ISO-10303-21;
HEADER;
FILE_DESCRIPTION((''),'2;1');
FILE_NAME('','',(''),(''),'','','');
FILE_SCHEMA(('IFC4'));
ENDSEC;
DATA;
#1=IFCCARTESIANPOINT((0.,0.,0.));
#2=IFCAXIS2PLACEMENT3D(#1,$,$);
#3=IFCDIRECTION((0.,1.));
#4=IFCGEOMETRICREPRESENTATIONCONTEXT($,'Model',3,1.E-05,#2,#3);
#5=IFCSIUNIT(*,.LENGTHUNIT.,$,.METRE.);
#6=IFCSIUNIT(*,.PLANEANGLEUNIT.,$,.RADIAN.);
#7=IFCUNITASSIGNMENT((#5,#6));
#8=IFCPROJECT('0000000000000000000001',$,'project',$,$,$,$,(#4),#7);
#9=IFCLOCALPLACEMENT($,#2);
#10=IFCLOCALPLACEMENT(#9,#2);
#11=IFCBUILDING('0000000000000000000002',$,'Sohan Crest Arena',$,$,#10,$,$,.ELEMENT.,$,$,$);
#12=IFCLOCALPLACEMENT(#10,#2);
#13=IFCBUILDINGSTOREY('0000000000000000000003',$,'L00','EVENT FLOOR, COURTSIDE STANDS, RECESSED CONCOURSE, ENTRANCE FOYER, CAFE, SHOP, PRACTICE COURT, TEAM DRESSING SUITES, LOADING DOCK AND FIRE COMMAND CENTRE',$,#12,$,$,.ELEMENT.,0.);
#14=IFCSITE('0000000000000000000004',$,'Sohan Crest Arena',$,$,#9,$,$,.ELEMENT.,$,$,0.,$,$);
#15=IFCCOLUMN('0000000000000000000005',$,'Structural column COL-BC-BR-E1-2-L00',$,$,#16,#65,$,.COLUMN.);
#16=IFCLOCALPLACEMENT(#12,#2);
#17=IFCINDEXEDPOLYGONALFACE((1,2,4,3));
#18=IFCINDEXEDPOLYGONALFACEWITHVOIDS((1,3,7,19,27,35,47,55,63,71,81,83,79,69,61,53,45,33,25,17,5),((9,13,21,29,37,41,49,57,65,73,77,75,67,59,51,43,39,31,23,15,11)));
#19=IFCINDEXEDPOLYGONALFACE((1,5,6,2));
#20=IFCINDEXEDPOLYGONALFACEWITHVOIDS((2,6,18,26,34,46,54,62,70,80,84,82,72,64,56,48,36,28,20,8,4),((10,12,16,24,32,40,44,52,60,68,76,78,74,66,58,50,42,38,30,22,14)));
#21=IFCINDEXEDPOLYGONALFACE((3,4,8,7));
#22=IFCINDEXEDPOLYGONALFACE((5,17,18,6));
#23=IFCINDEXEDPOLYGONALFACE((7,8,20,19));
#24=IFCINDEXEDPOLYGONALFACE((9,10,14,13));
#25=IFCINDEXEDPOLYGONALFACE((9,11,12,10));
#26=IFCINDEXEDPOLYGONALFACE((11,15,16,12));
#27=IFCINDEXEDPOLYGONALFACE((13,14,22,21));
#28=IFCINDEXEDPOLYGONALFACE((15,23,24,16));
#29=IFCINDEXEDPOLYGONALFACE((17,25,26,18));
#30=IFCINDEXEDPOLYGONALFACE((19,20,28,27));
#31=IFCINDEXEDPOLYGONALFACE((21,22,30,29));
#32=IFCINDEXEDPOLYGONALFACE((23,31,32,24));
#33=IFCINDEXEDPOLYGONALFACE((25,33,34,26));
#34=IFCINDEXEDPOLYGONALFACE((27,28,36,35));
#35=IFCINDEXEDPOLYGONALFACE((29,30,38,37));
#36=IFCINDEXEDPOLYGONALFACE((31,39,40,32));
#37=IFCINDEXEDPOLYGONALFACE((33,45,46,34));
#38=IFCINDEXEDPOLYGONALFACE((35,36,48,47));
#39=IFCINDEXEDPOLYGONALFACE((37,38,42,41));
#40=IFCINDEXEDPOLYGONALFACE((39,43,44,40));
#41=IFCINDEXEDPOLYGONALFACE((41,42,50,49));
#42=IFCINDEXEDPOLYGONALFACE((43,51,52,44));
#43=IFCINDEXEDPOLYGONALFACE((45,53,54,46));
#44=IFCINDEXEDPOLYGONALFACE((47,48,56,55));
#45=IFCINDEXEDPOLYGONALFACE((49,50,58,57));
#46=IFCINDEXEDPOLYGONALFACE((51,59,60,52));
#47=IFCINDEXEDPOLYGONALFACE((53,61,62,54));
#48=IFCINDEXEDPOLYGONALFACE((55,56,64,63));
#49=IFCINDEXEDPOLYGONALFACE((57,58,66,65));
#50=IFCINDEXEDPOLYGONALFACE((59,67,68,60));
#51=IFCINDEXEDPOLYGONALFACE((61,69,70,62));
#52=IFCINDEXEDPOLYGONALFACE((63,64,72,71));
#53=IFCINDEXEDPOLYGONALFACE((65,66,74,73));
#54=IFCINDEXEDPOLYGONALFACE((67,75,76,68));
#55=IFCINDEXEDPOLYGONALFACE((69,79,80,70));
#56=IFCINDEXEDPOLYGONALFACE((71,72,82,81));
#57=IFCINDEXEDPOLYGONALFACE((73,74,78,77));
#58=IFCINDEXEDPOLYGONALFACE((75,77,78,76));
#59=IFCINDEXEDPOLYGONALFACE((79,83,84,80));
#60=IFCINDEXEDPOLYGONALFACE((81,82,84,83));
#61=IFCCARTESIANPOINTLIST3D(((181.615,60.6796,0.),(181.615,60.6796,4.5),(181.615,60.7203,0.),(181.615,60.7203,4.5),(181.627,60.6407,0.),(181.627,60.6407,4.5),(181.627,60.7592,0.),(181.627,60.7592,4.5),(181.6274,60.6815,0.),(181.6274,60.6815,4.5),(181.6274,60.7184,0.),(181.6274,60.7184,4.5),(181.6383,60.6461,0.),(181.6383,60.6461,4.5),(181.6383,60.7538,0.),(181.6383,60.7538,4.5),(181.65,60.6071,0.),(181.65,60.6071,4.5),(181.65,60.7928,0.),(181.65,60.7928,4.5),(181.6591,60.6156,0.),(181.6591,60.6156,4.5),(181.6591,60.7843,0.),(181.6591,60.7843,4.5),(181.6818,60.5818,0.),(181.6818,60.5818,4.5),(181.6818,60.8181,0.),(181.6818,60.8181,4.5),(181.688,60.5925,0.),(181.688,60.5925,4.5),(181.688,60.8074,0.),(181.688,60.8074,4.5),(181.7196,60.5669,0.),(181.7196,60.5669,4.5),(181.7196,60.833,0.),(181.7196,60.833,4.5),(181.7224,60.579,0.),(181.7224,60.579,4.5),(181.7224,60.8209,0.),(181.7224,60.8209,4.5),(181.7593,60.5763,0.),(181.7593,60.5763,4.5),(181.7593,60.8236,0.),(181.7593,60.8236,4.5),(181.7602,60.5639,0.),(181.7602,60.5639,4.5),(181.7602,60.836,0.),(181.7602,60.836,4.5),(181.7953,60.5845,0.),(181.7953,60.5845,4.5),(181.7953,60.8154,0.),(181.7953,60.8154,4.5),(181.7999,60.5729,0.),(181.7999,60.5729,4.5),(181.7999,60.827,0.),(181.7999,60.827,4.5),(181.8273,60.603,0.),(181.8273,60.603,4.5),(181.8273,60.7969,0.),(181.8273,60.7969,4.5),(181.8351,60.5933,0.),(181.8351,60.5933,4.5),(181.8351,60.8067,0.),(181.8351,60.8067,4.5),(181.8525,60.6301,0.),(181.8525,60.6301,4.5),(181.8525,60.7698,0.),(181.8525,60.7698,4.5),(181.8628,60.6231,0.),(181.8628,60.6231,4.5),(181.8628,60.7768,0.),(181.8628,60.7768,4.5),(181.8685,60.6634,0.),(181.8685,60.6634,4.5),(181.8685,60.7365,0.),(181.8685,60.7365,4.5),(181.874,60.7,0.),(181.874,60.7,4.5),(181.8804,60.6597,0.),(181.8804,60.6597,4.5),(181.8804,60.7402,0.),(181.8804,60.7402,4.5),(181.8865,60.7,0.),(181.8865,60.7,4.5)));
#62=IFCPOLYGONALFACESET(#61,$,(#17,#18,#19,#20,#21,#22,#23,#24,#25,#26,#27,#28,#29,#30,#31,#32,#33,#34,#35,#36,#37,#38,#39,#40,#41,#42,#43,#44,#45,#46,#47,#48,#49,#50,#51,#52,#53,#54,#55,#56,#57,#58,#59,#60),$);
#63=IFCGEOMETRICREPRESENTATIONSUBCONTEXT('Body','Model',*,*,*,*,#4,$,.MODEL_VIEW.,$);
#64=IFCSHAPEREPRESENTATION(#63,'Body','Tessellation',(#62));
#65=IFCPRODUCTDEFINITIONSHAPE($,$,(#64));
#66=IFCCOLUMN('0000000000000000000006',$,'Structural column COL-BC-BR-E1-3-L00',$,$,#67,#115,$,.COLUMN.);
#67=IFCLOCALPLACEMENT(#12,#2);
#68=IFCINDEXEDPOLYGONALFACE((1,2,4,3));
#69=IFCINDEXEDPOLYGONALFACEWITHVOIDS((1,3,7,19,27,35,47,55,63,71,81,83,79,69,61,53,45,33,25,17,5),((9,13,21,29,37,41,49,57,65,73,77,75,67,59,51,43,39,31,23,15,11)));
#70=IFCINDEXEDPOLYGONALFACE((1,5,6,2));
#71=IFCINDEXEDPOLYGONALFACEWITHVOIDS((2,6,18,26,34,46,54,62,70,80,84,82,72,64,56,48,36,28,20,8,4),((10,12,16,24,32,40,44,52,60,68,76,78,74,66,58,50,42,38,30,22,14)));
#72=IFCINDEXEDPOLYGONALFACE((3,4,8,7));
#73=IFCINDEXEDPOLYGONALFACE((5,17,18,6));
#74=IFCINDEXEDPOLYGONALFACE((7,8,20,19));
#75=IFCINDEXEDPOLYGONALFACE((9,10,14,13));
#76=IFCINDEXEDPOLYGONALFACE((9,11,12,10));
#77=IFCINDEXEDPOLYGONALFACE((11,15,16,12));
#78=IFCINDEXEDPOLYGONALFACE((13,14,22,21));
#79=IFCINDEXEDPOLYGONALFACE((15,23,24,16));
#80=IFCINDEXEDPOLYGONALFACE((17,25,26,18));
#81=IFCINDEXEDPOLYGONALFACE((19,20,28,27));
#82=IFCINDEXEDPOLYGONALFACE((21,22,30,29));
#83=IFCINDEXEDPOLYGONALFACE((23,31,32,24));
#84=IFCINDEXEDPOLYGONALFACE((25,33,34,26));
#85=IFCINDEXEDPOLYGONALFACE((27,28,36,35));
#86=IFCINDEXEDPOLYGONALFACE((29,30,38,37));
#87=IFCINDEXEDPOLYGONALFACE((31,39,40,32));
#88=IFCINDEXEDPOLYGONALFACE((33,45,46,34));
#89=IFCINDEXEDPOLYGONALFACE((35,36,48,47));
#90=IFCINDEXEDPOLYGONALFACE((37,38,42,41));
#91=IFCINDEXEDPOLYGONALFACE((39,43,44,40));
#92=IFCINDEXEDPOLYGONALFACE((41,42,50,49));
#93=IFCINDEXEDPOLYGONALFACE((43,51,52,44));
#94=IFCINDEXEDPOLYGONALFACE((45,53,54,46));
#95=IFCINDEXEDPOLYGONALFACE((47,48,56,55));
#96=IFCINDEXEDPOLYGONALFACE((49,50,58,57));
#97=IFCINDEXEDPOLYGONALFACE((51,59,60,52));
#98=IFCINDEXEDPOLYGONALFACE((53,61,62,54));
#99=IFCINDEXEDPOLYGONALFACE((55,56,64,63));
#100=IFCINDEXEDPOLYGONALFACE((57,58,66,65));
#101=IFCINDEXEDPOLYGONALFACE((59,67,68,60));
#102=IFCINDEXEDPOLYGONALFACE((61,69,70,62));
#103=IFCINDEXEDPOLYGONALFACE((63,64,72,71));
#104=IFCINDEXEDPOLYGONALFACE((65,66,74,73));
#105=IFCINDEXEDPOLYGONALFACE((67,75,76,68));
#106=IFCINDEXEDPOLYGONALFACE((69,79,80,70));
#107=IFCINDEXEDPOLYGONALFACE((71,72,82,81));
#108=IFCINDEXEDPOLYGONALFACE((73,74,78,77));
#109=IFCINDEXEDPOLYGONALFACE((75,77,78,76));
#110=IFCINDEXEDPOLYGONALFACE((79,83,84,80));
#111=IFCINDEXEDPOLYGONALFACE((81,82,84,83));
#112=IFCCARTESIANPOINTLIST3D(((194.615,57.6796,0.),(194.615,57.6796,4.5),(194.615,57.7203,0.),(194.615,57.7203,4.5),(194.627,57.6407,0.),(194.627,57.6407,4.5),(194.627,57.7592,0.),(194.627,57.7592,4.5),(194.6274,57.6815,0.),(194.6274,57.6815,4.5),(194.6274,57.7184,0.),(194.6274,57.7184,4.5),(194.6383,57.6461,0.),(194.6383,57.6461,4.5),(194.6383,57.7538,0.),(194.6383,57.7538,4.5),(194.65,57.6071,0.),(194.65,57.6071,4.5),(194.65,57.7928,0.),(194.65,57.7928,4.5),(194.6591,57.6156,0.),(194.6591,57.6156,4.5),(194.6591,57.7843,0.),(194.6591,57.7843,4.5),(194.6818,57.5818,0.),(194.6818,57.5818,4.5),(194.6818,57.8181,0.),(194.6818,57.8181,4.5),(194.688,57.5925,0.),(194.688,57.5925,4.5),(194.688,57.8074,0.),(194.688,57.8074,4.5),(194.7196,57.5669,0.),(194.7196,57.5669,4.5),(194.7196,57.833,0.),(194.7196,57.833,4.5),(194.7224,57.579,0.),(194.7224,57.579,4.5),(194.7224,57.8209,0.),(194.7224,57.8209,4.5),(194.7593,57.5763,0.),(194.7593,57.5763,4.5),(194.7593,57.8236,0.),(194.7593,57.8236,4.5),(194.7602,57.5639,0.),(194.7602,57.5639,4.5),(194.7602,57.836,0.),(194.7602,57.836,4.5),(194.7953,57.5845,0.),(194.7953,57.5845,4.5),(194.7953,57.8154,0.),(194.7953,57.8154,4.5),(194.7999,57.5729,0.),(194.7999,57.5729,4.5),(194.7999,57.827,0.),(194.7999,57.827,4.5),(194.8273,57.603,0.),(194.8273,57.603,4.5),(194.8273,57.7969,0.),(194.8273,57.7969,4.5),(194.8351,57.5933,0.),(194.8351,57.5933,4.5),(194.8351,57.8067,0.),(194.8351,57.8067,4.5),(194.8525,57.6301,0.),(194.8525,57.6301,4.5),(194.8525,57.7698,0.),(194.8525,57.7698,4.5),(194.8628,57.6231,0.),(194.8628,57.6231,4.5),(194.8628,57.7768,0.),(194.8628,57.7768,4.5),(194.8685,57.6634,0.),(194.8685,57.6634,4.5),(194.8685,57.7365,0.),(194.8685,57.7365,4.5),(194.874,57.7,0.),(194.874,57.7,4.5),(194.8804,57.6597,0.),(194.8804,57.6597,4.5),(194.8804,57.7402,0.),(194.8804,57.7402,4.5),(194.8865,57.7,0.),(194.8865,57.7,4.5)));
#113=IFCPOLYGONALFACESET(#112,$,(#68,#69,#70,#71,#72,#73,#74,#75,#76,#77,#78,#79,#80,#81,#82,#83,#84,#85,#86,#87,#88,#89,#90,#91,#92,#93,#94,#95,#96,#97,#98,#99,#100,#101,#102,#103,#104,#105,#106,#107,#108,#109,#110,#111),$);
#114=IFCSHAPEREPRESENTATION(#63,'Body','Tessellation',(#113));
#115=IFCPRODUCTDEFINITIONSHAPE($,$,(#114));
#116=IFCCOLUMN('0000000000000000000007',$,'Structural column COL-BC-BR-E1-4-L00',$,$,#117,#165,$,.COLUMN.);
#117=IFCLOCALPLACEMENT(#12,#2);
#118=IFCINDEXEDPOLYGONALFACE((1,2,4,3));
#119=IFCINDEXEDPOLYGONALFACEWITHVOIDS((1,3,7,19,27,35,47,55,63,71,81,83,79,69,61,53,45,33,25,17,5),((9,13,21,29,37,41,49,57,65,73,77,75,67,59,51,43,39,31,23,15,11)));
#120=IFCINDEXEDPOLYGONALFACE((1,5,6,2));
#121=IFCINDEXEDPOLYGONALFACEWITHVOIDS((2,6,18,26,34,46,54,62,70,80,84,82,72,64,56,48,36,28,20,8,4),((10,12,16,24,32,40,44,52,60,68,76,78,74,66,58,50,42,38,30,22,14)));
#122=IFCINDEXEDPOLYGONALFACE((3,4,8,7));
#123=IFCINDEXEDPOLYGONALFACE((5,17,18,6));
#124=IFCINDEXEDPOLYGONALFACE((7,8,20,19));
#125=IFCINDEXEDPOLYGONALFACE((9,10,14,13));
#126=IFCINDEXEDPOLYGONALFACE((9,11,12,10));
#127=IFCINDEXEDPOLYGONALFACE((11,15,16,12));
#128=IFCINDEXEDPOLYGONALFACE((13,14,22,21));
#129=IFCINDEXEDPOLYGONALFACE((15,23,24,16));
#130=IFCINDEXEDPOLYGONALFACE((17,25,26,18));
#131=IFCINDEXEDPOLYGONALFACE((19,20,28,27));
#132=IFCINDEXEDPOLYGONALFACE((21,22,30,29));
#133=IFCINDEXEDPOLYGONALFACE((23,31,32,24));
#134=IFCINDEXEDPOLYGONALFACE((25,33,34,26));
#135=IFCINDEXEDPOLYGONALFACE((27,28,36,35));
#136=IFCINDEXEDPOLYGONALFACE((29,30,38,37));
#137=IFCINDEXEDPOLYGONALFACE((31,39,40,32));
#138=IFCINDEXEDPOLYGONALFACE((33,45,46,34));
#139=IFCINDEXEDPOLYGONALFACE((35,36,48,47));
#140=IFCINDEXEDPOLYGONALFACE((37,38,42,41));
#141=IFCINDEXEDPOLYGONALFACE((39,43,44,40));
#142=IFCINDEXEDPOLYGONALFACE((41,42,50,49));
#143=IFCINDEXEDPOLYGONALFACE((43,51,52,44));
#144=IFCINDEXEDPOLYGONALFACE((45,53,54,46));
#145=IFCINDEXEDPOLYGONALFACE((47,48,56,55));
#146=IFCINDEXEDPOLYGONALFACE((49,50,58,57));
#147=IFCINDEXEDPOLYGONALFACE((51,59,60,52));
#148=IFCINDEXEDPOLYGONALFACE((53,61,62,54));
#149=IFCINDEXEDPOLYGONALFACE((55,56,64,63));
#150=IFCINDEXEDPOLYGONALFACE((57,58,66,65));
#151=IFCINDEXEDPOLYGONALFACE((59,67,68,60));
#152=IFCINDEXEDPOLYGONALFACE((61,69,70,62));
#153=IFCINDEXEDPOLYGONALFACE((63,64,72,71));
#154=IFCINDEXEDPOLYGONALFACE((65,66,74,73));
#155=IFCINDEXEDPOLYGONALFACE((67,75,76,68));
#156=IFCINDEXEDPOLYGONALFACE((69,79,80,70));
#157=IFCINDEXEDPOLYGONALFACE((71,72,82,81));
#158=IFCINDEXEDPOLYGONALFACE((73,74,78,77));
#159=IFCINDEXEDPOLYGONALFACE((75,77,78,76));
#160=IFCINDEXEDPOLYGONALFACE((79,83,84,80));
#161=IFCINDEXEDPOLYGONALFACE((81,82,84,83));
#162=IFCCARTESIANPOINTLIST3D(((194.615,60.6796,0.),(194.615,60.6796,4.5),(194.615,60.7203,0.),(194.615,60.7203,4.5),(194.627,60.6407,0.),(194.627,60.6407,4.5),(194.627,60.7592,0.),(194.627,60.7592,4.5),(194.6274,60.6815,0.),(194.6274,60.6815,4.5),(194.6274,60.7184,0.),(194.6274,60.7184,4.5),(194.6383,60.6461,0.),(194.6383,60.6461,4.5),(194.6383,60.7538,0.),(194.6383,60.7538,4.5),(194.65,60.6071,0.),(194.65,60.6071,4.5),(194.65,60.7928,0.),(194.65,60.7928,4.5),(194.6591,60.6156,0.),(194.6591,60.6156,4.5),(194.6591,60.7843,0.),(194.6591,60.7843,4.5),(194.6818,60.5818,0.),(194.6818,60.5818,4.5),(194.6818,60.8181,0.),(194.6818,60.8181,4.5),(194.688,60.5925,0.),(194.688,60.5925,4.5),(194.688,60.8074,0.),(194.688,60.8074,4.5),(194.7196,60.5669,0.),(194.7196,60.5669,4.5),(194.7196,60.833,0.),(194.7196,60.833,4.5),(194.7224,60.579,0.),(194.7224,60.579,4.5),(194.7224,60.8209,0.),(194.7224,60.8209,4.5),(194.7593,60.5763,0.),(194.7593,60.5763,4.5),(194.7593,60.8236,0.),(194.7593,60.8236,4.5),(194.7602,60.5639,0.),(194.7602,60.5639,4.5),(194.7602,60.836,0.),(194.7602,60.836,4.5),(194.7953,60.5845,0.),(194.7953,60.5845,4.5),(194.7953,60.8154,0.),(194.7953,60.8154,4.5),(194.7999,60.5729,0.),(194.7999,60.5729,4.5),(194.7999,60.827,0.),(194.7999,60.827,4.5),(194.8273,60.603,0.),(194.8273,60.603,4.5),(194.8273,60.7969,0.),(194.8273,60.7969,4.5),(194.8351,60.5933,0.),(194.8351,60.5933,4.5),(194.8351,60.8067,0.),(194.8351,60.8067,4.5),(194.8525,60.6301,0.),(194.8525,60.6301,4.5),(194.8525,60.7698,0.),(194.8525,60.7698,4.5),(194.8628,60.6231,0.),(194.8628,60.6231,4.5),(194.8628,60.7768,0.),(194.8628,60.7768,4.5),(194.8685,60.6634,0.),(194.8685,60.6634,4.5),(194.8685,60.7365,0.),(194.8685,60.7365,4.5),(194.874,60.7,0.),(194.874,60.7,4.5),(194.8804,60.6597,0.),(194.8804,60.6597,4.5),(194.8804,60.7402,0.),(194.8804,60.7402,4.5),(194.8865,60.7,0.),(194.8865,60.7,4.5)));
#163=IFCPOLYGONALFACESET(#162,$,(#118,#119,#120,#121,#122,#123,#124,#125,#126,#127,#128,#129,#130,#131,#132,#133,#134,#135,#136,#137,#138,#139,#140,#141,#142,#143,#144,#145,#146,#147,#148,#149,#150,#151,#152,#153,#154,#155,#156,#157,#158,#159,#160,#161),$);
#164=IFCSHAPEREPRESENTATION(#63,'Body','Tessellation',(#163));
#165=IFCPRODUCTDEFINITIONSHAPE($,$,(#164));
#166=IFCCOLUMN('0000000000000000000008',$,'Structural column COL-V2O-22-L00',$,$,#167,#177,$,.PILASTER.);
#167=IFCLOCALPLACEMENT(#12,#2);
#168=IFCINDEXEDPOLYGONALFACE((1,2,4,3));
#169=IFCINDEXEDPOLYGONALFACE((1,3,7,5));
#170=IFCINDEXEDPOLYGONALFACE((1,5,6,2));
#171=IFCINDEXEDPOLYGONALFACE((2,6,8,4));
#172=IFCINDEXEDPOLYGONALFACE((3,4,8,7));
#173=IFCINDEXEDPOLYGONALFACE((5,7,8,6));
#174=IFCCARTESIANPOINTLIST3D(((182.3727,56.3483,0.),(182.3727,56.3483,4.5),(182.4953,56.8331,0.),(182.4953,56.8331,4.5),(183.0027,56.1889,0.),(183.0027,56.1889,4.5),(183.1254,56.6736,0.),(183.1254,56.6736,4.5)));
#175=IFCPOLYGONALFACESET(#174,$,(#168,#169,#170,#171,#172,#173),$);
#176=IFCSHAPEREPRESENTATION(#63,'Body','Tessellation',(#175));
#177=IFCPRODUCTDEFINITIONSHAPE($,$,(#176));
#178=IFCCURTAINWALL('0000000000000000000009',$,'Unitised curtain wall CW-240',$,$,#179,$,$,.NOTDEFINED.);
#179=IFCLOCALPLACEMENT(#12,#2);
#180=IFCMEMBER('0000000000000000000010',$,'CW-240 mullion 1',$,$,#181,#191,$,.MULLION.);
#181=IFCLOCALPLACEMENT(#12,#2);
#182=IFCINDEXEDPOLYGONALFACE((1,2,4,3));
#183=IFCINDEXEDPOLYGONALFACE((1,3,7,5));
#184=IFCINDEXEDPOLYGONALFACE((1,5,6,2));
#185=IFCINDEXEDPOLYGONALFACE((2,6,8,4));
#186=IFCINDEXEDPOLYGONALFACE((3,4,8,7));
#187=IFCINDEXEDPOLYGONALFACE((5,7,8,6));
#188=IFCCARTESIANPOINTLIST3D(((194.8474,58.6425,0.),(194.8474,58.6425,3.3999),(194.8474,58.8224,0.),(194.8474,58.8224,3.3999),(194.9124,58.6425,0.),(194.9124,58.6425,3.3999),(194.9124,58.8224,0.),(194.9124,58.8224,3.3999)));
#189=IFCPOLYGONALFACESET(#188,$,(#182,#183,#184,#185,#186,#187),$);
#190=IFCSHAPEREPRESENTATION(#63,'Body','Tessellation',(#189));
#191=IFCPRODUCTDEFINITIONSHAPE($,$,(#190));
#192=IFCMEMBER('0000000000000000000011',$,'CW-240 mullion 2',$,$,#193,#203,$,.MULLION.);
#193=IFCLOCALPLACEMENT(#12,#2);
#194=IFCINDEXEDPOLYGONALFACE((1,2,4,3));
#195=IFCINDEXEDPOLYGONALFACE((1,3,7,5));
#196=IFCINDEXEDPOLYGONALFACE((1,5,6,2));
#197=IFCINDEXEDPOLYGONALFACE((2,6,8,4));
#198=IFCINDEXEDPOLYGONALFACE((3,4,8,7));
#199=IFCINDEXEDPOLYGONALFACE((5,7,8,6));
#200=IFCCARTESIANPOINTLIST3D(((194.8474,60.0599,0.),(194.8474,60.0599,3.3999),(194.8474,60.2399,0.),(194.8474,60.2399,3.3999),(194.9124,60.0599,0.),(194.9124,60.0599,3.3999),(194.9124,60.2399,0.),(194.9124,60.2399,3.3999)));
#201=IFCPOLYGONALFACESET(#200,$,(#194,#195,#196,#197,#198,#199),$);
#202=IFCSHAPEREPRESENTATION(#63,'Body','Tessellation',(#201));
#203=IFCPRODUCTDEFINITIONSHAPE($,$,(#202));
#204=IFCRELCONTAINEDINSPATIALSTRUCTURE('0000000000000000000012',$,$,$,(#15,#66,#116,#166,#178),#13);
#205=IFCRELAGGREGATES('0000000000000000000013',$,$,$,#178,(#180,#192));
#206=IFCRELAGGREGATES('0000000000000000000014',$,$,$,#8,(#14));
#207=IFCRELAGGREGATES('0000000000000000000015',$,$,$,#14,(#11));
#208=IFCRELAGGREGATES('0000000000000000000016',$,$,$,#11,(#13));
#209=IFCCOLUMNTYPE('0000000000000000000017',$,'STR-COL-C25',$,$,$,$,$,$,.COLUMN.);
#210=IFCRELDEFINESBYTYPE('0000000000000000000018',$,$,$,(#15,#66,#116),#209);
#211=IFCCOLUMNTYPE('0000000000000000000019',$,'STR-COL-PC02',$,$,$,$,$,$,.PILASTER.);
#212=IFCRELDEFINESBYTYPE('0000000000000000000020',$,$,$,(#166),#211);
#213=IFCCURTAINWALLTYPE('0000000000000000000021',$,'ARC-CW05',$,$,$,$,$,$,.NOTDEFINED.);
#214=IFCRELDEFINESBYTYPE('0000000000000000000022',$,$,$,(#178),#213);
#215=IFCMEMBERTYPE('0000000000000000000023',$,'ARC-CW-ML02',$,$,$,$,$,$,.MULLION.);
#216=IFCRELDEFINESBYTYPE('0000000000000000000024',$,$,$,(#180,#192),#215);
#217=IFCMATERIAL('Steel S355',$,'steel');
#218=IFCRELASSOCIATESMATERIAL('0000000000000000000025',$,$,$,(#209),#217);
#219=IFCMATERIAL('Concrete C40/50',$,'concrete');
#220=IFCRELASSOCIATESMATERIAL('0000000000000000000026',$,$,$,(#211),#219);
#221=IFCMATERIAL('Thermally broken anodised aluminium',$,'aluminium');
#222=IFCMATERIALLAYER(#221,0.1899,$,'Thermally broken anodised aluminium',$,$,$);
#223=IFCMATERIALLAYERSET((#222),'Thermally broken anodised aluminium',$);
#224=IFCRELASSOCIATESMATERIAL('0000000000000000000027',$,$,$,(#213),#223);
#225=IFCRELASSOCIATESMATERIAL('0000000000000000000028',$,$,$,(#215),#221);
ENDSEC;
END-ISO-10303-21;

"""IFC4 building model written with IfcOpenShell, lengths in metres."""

from ifc_helpers import new_model, si_unit, direction, frame, origin, origin_2d, place, context, subcontext, project, spatial, rectangle, hollow_circle, extrude, material, layer, layer_set, material_profile, profile_set, type_object, element, aggregate, save


model = new_model("IFC4")

# Units and contexts
model_context = context("Model", 3, precision=1e-05, world=origin(), true_north=direction((0.0, 1.0)))
body_context = subcontext(model_context, "Body", "Model", "MODEL_VIEW")
ifc_project = project(units=[si_unit("LENGTHUNIT", "METRE"), si_unit("PLANEANGLEUNIT", "RADIAN")], contexts=[model_context])

# Site, building, storey
site_placement = place(None, origin())
site = spatial("IfcSite", under=ifc_project, at=site_placement, Name="Sohan Crest Arena", CompositionType="ELEMENT", RefElevation=0.0)
building_placement = place(site_placement, origin())
building = spatial("IfcBuilding", under=site, at=building_placement, Name="Sohan Crest Arena", CompositionType="ELEMENT")
storey_placement = place(building_placement, origin())
storey = spatial("IfcBuildingStorey", under=building, at=storey_placement, Name="L00", Description="EVENT FLOOR, COURTSIDE STANDS, RECESSED CONCOURSE, ENTRANCE FOYER, CAFE, SHOP, PRACTICE COURT, TEAM DRESSING SUITES, LOADING DOCK AND FIRE COMMAND CENTRE", CompositionType="ELEMENT", Elevation=0.0)

# Columns
ifc_material_1 = material(Name="Steel S355", Category="steel")
ifc_material_profile_1 = material_profile(ifc_material_1, hollow_circle(Radius=0.1365, WallThickness=0.0125, at=origin_2d()), Name="CHS 273x12.5")
ifc_profile_set_1 = profile_set([ifc_material_profile_1], Name="Steel S355")
column_type_1 = type_object("IfcColumnType", Name="STR-COL-C25", PredefinedType="COLUMN", material=ifc_profile_set_1)
for number, where, z_axis, x_axis, name in (
    (1, (181.75, 60.7, 0.0), (0.0, 0.0, 1.0), (1.0, 0.0, 0.0), "Structural column COL-BC-BR-E1-2-L00"),
    (2, (194.75, 57.7, 0.0), (0.0, 0.0, 1.0), (1.0, 0.0, 0.0), "Structural column COL-BC-BR-E1-3-L00"),
    (3, (194.75, 60.7, 0.0), (0.0, 0.0, 1.0), (1.0, 0.0, 0.0), "Structural column COL-BC-BR-E1-4-L00"),
):
    element("IfcColumn", number, at=place(storey_placement, frame(where, z_axis=z_axis, x_axis=x_axis)), inside=storey, type_object=column_type_1, Name=name, PredefinedType="COLUMN", context=body_context, shape_type="SweptSolid", body=[
        extrude(hollow_circle(Radius=0.1365, WallThickness=0.0125, at=origin_2d()), origin(), (0.0, 0.0, 1.0), 4.5),
    ])
ifc_material_2 = material(Name="Concrete C40/50", Category="concrete")
ifc_material_profile_2 = material_profile(ifc_material_2, rectangle(XDim=0.6499, YDim=0.5, at=origin_2d()), Name="RC 650x500")
ifc_profile_set_2 = profile_set([ifc_material_profile_2], Name="Concrete C40/50")
column_type_2 = type_object("IfcColumnType", Name="STR-COL-PC02", PredefinedType="PILASTER", material=ifc_profile_set_2)
column_placement = place(storey_placement, frame((182.749, 56.511, 0.0), z_axis=(0.0, 0.0, 1.0), x_axis=(-0.969445, 0.245307, 0.0)))
element("IfcColumn", 4, at=column_placement, inside=storey, type_object=column_type_2, Name="Structural column COL-V2O-22-L00", PredefinedType="PILASTER", context=body_context, shape_type="SweptSolid", body=[
    extrude(rectangle(XDim=0.6499, YDim=0.5, at=origin_2d()), origin(), (0.0, 0.0, 1.0), 4.5),
])

# Curtain wall, members
ifc_material_3 = material(Name="Thermally broken anodised aluminium", Category="aluminium")
ifc_layer_1 = layer(ifc_material_3, 0.1899, Name="Thermally broken anodised aluminium")
ifc_layer_set_1 = layer_set([ifc_layer_1], Name="Thermally broken anodised aluminium")
curtain_wall_type = type_object("IfcCurtainWallType", Name="ARC-CW05", PredefinedType="NOTDEFINED", material=ifc_layer_set_1)
curtain_wall_placement = place(storey_placement, origin())
curtain_wall = element("IfcCurtainWall", 5, at=curtain_wall_placement, inside=storey, type_object=curtain_wall_type, Name="Unitised curtain wall CW-240", PredefinedType="NOTDEFINED")
ifc_material_profile_3 = material_profile(ifc_material_3, rectangle(XDim=0.0649, YDim=0.1799, at=origin_2d()), Name="ALU-MULL 65x180")
ifc_profile_set_3 = profile_set([ifc_material_profile_3], Name="Thermally broken anodised aluminium")
member_type_1 = type_object("IfcMemberType", Name="ARC-CW-ML02", PredefinedType="MULLION", material=ifc_profile_set_3)
member_1_placement = place(storey_placement, frame((194.8799, 58.7324, 0.0), z_axis=(0.0, 0.0, 1.0), x_axis=(-1.0, 0.0, 0.0)))
member_1 = element("IfcMember", 6, at=member_1_placement, type_object=member_type_1, Name="CW-240 mullion 1", PredefinedType="MULLION", context=body_context, shape_type="SweptSolid", body=[
    extrude(rectangle(XDim=0.0649, YDim=0.1799, at=origin_2d()), origin(), (0.0, 0.0, 1.0), 3.3999),
])
member_2_placement = place(storey_placement, frame((194.8799, 60.1499, 0.0), z_axis=(0.0, 0.0, 1.0), x_axis=(-1.0, 0.0, 0.0)))
member_2 = element("IfcMember", 7, at=member_2_placement, type_object=member_type_1, Name="CW-240 mullion 2", PredefinedType="MULLION", context=body_context, shape_type="SweptSolid", body=[
    extrude(rectangle(XDim=0.0649, YDim=0.1799, at=origin_2d()), origin(), (0.0, 0.0, 1.0), 3.3999),
])

aggregate(curtain_wall, [member_1, member_2])

save(model, "model.ifc")
